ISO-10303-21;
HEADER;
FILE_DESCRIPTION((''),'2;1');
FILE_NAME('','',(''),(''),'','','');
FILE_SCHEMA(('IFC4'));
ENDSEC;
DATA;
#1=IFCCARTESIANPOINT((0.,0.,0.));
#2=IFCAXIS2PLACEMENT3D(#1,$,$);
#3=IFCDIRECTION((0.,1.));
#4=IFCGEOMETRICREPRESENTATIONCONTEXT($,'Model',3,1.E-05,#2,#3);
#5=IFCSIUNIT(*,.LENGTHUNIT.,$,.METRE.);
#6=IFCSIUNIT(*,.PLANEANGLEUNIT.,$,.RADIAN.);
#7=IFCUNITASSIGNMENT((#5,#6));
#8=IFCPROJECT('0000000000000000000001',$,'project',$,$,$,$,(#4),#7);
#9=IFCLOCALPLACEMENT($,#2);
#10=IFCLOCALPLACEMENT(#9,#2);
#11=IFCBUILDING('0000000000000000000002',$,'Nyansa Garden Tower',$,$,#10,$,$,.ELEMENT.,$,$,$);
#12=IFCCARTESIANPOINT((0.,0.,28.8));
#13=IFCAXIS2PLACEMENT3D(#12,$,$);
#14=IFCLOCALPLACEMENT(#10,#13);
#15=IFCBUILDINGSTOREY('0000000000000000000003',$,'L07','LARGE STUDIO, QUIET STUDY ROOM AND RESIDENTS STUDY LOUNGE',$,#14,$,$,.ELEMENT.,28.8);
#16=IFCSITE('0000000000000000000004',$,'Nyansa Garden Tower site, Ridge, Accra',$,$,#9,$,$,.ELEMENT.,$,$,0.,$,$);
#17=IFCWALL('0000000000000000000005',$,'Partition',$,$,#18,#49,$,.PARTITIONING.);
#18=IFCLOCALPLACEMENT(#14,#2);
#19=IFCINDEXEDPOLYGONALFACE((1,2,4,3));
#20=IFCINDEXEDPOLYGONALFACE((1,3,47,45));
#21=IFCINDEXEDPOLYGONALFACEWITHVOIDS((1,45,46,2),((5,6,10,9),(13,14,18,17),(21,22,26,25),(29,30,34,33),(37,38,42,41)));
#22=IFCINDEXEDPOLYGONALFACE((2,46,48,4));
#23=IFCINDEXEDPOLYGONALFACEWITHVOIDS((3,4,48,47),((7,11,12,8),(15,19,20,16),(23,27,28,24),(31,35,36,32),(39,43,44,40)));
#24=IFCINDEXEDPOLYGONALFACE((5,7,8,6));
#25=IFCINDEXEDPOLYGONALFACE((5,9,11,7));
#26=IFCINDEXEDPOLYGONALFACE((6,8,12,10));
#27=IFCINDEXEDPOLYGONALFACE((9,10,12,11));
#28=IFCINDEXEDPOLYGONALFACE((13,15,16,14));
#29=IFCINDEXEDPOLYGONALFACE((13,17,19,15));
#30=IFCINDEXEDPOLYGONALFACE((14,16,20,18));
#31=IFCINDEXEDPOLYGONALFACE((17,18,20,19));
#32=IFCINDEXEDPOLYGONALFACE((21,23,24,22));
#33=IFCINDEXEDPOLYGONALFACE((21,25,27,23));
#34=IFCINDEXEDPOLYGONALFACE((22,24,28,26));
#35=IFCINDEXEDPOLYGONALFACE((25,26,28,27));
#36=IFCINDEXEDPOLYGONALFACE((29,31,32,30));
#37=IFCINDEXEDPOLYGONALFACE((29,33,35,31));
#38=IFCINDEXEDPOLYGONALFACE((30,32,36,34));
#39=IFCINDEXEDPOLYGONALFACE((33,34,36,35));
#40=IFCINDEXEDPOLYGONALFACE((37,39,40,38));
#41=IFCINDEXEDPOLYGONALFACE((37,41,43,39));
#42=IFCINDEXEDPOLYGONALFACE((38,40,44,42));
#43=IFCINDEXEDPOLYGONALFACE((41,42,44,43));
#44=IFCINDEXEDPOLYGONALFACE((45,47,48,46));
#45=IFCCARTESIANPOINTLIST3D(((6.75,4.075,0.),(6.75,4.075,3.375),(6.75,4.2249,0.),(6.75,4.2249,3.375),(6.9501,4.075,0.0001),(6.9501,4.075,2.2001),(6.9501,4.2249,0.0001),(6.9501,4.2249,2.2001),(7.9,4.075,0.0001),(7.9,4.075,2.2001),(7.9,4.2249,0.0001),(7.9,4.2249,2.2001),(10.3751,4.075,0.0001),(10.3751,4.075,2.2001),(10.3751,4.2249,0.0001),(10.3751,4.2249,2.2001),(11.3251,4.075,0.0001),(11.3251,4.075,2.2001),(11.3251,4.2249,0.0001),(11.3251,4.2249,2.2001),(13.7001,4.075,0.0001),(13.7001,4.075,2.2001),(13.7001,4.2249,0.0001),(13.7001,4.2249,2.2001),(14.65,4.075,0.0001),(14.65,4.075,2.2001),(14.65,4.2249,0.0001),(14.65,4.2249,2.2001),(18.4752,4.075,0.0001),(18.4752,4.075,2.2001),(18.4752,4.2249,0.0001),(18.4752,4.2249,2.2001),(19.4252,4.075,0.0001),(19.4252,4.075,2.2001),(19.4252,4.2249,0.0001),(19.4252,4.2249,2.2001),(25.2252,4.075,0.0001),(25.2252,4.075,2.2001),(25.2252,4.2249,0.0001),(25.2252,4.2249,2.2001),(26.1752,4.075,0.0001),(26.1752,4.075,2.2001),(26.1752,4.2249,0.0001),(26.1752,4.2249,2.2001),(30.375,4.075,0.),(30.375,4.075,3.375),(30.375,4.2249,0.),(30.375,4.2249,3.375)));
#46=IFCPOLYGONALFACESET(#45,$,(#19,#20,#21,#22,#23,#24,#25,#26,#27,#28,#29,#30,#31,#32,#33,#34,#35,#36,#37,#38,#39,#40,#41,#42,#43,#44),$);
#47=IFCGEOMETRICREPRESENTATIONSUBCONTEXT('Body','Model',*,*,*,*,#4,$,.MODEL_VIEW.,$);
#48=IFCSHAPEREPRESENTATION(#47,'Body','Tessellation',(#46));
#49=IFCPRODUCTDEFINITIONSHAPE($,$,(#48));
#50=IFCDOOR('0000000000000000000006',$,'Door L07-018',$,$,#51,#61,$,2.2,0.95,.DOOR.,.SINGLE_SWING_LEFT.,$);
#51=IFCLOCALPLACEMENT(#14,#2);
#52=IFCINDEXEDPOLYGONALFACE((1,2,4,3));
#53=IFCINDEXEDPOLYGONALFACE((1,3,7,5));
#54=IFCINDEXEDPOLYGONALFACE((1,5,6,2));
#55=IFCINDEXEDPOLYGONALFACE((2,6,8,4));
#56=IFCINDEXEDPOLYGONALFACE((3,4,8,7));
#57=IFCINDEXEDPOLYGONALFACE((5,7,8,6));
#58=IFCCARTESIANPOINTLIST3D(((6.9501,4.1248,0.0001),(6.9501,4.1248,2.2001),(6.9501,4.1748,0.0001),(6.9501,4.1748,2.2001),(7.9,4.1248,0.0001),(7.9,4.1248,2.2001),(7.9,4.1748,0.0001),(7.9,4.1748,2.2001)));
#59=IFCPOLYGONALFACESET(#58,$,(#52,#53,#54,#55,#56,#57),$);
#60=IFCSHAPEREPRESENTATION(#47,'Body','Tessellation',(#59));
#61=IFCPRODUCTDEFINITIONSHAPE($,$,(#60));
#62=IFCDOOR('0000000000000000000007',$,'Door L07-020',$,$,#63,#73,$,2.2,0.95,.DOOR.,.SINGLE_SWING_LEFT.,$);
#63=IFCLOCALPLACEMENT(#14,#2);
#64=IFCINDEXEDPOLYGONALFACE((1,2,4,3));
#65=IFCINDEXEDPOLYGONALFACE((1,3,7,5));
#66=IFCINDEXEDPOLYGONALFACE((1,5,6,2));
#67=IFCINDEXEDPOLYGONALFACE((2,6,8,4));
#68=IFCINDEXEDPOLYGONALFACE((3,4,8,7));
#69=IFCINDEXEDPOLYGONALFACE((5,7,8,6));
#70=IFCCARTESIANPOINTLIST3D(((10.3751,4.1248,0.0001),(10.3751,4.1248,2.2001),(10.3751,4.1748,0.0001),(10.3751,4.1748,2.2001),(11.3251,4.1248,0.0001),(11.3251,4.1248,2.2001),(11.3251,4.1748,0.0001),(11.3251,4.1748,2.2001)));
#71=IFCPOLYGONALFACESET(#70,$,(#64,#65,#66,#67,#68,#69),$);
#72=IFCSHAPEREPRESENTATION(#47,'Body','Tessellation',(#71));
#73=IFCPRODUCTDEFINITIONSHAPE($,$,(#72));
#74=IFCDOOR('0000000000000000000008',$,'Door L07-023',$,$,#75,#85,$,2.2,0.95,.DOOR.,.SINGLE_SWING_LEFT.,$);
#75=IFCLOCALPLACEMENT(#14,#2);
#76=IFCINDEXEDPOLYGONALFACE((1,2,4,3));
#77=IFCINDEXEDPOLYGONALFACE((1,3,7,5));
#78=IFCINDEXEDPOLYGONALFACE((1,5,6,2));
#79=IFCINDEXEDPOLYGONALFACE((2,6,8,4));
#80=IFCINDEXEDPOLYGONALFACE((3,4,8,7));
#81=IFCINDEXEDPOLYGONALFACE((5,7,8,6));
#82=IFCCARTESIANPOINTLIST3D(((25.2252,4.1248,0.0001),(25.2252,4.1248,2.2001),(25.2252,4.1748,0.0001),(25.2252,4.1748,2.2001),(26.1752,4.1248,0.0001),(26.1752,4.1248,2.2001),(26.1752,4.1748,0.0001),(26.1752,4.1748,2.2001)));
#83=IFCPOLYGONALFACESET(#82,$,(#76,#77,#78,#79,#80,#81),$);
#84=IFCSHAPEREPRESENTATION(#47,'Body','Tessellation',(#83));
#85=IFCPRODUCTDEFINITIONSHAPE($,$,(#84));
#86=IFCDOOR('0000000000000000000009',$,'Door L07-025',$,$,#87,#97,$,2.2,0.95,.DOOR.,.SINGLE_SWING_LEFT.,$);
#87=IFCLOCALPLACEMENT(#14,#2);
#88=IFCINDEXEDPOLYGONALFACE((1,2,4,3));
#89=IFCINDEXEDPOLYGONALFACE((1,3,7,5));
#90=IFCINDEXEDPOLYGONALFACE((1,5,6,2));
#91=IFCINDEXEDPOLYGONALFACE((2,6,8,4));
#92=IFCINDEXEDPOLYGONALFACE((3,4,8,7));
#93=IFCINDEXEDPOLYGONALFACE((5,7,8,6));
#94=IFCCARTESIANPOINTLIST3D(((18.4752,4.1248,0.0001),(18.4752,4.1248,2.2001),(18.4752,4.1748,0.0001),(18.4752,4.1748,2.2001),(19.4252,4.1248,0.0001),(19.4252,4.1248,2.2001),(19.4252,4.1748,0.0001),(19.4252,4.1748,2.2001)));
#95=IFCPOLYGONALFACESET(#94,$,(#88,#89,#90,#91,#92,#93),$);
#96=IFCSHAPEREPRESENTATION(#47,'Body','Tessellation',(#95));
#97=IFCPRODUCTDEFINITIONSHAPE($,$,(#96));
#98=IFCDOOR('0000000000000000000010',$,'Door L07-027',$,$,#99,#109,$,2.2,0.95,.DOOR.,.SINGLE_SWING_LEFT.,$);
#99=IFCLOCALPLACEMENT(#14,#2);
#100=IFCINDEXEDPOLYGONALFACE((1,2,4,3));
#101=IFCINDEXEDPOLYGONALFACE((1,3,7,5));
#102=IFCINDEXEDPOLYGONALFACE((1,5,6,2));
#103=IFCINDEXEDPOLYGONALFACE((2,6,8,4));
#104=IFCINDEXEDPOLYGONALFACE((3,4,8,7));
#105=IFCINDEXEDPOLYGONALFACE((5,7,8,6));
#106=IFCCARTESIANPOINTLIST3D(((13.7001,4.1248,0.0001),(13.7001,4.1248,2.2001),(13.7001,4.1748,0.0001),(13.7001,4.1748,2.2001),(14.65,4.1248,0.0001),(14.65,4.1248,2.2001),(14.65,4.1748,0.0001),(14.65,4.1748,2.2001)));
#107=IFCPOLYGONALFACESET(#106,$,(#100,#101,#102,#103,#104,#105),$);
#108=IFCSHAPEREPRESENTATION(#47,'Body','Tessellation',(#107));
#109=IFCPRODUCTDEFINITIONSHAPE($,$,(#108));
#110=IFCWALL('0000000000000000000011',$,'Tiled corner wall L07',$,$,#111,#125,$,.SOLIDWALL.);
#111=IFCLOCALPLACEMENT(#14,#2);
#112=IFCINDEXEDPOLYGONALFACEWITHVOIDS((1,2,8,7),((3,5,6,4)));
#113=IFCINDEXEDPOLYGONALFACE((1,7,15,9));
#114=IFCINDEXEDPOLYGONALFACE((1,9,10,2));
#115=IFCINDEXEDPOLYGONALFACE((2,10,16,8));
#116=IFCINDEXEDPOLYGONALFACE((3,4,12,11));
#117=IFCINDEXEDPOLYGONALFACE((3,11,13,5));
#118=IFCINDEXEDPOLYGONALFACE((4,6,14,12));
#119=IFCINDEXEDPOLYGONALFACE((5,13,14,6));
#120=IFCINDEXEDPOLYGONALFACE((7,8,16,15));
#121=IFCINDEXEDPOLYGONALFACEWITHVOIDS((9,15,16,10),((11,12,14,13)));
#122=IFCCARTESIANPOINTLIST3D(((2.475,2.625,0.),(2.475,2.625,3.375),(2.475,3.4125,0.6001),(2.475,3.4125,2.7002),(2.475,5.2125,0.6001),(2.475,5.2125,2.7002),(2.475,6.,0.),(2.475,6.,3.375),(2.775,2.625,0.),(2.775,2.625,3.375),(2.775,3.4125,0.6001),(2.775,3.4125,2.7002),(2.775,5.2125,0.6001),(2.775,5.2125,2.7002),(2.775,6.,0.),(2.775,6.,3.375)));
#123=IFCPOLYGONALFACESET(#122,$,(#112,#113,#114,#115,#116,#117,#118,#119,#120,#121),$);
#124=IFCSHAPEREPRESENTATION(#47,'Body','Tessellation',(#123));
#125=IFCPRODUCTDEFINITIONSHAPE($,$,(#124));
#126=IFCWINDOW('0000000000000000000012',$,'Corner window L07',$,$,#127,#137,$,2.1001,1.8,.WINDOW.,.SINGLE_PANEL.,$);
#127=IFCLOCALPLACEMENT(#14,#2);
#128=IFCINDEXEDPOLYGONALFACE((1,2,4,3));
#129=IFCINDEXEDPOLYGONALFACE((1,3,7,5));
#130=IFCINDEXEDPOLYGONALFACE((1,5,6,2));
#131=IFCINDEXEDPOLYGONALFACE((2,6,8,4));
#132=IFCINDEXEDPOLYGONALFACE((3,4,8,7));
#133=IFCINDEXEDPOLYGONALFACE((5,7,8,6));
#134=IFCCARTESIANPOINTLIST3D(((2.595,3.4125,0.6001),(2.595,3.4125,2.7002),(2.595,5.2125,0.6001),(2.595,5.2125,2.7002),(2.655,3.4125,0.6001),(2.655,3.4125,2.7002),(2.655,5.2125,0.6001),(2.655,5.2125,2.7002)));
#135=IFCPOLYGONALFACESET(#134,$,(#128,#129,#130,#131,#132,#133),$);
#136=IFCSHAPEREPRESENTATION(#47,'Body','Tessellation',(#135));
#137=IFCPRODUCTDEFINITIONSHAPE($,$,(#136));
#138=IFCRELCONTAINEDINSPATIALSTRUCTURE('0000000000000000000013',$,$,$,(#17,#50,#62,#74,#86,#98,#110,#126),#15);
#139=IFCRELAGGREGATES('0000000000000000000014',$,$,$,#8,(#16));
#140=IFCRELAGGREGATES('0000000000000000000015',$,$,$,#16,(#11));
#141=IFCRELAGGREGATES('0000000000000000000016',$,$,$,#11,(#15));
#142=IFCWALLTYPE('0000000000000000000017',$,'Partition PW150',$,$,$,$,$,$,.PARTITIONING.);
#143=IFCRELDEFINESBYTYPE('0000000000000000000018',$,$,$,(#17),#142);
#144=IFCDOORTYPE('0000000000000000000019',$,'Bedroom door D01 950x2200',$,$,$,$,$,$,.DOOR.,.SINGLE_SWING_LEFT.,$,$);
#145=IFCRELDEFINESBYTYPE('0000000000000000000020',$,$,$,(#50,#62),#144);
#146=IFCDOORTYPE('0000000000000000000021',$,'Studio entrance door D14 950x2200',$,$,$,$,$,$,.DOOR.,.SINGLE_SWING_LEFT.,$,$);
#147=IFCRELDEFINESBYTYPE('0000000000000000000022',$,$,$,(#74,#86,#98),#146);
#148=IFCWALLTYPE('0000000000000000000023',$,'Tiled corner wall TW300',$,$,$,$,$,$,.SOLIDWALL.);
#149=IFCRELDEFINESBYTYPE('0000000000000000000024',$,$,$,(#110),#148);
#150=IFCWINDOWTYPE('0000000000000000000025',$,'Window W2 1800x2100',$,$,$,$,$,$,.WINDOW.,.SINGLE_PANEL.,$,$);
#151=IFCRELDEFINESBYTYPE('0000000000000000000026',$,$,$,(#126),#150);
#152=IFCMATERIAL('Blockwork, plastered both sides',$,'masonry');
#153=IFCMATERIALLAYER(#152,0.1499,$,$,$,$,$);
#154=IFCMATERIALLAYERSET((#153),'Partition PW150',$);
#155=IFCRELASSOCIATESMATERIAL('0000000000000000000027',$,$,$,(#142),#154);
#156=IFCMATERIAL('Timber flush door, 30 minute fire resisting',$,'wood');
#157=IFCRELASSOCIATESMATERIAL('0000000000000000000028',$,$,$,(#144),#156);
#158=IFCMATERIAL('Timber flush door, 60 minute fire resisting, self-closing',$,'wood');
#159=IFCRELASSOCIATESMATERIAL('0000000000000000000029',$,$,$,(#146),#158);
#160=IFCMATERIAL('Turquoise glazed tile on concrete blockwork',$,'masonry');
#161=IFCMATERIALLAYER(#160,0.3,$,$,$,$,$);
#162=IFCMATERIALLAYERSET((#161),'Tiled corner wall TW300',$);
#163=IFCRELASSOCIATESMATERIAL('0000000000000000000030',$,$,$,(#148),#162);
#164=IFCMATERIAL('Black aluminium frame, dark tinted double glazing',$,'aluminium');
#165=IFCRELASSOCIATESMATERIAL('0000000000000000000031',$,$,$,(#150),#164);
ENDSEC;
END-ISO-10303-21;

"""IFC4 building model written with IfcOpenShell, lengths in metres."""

from ifc_helpers import new_model, si_unit, direction, frame, frame_2d, origin, place, context, subcontext, project, spatial, rectangle, extrude, material, layer, layer_set, type_object, element, fill, save


model = new_model("IFC4")

# Units and contexts
model_context = context("Model", 3, precision=1e-05, world=origin(), true_north=direction((0.0, 1.0)))
body_context = subcontext(model_context, "Body", "Model", "MODEL_VIEW")
ifc_project = project(units=[si_unit("LENGTHUNIT", "METRE"), si_unit("PLANEANGLEUNIT", "RADIAN")], contexts=[model_context])

# Site, building, storey
site_placement = place(None, origin())
site = spatial("IfcSite", under=ifc_project, at=site_placement, Name="Nyansa Garden Tower site, Ridge, Accra", CompositionType="ELEMENT", RefElevation=0.0)
building_placement = place(site_placement, origin())
building = spatial("IfcBuilding", under=site, at=building_placement, Name="Nyansa Garden Tower", CompositionType="ELEMENT")
storey_placement = place(building_placement, frame((0.0, 0.0, 28.8)))
storey = spatial("IfcBuildingStorey", under=building, at=storey_placement, Name="L07", Description="LARGE STUDIO, QUIET STUDY ROOM AND RESIDENTS STUDY LOUNGE", CompositionType="ELEMENT", Elevation=28.8)

# Shared definitions
ifc_material_1 = material(Name="Blockwork, plastered both sides", Category="masonry")
ifc_layer_1 = layer(ifc_material_1, 0.1499)
ifc_layer_set_1 = layer_set([ifc_layer_1], Name="Partition PW150")
wall_type_1 = type_object("IfcWallType", Name="Partition PW150", PredefinedType="PARTITIONING", material=ifc_layer_set_1)

# Wall, openings, doors
wall_1_placement = place(storey_placement, frame((6.75, 4.1499, 0.0), z_axis=(0.0, 0.0, 1.0), x_axis=(1.0, 0.0, 0.0)))
wall_1 = element("IfcWall", 1, at=wall_1_placement, inside=storey, type_object=wall_type_1, Name="Partition", PredefinedType="PARTITIONING", context=body_context, shape_type="SweptSolid", body=[
    extrude(rectangle(XDim=23.625, YDim=0.1499, at=frame_2d((11.8125, 0.0))), origin(), (0.0, 0.0, 1.0), 3.375),
])
opening_1_placement = place(wall_1_placement, frame((0.2, 0.0, 0.0)))
opening_1 = element("IfcOpeningElement", 2, at=opening_1_placement, cuts=wall_1, PredefinedType="OPENING", context=body_context, shape_type="SweptSolid", body=[
    extrude(rectangle(XDim=0.95, YDim=2.2, at=frame_2d((0.4751, 1.1001))), frame((0.0, 0.085, 0.0), z_axis=(0.0, -1.0, 0.0), x_axis=(1.0, 0.0, 0.0)), (0.0, 0.0, 1.0), 0.1699),
])
opening_2_placement = place(wall_1_placement, frame((3.625, 0.0, 0.0)))
opening_2 = element("IfcOpeningElement", 3, at=opening_2_placement, cuts=wall_1, PredefinedType="OPENING", context=body_context, shape_type="SweptSolid", body=[
    extrude(rectangle(XDim=0.95, YDim=2.2, at=frame_2d((0.4751, 1.1001))), frame((0.0, 0.085, 0.0), z_axis=(0.0, -1.0, 0.0), x_axis=(1.0, 0.0, 0.0)), (0.0, 0.0, 1.0), 0.1699),
])
opening_3_placement = place(wall_1_placement, frame((18.4751, 0.0, 0.0)))
opening_3 = element("IfcOpeningElement", 4, at=opening_3_placement, cuts=wall_1, PredefinedType="OPENING", context=body_context, shape_type="SweptSolid", body=[
    extrude(rectangle(XDim=0.95, YDim=2.2, at=frame_2d((0.4751, 1.1001))), frame((0.0, 0.085, 0.0), z_axis=(0.0, -1.0, 0.0), x_axis=(1.0, 0.0, 0.0)), (0.0, 0.0, 1.0), 0.1699),
])
opening_4_placement = place(wall_1_placement, frame((11.7251, 0.0, 0.0)))
opening_4 = element("IfcOpeningElement", 5, at=opening_4_placement, cuts=wall_1, PredefinedType="OPENING", context=body_context, shape_type="SweptSolid", body=[
    extrude(rectangle(XDim=0.95, YDim=2.2, at=frame_2d((0.4751, 1.1001))), frame((0.0, 0.085, 0.0), z_axis=(0.0, -1.0, 0.0), x_axis=(1.0, 0.0, 0.0)), (0.0, 0.0, 1.0), 0.1699),
])
opening_5_placement = place(wall_1_placement, frame((6.95, 0.0, 0.0)))
opening_5 = element("IfcOpeningElement", 6, at=opening_5_placement, cuts=wall_1, PredefinedType="OPENING", context=body_context, shape_type="SweptSolid", body=[
    extrude(rectangle(XDim=0.95, YDim=2.2, at=frame_2d((0.4751, 1.1001))), frame((0.0, 0.085, 0.0), z_axis=(0.0, -1.0, 0.0), x_axis=(1.0, 0.0, 0.0)), (0.0, 0.0, 1.0), 0.1699),
])
ifc_material_2 = material(Name="Timber flush door, 30 minute fire resisting", Category="wood")
door_type_1 = type_object("IfcDoorType", Name="Bedroom door D01 950x2200", OperationType="SINGLE_SWING_LEFT", PredefinedType="DOOR", material=ifc_material_2)
door_1_placement = place(opening_1_placement, origin())
door_1 = element("IfcDoor", 7, at=door_1_placement, inside=storey, type_object=door_type_1, Name="Door L07-018", OperationType="SINGLE_SWING_LEFT", OverallHeight=2.2, OverallWidth=0.95, PredefinedType="DOOR", context=body_context, shape_type="SweptSolid", body=[
    extrude(rectangle(XDim=0.95, YDim=2.2, at=frame_2d((0.4751, 1.1001))), frame((0.0, 0.0249, 0.0), z_axis=(0.0, -1.0, 0.0), x_axis=(1.0, 0.0, 0.0)), (0.0, 0.0, 1.0), 0.05),
])
fill(opening_1, door_1)
door_2_placement = place(opening_2_placement, origin())
door_2 = element("IfcDoor", 8, at=door_2_placement, inside=storey, type_object=door_type_1, Name="Door L07-020", OperationType="SINGLE_SWING_LEFT", OverallHeight=2.2, OverallWidth=0.95, PredefinedType="DOOR", context=body_context, shape_type="SweptSolid", body=[
    extrude(rectangle(XDim=0.95, YDim=2.2, at=frame_2d((0.4751, 1.1001))), frame((0.0, 0.0249, 0.0), z_axis=(0.0, -1.0, 0.0), x_axis=(1.0, 0.0, 0.0)), (0.0, 0.0, 1.0), 0.05),
])
fill(opening_2, door_2)
ifc_material_3 = material(Name="Timber flush door, 60 minute fire resisting, self-closing", Category="wood")
door_type_2 = type_object("IfcDoorType", Name="Studio entrance door D14 950x2200", OperationType="SINGLE_SWING_LEFT", PredefinedType="DOOR", material=ifc_material_3)
door_3_placement = place(opening_3_placement, origin())
door_3 = element("IfcDoor", 9, at=door_3_placement, inside=storey, type_object=door_type_2, Name="Door L07-023", OperationType="SINGLE_SWING_LEFT", OverallHeight=2.2, OverallWidth=0.95, PredefinedType="DOOR", context=body_context, shape_type="SweptSolid", body=[
    extrude(rectangle(XDim=0.95, YDim=2.2, at=frame_2d((0.4751, 1.1001))), frame((0.0, 0.0249, 0.0), z_axis=(0.0, -1.0, 0.0), x_axis=(1.0, 0.0, 0.0)), (0.0, 0.0, 1.0), 0.05),
])
fill(opening_3, door_3)
door_4_placement = place(opening_4_placement, origin())
door_4 = element("IfcDoor", 10, at=door_4_placement, inside=storey, type_object=door_type_2, Name="Door L07-025", OperationType="SINGLE_SWING_LEFT", OverallHeight=2.2, OverallWidth=0.95, PredefinedType="DOOR", context=body_context, shape_type="SweptSolid", body=[
    extrude(rectangle(XDim=0.95, YDim=2.2, at=frame_2d((0.4751, 1.1001))), frame((0.0, 0.0249, 0.0), z_axis=(0.0, -1.0, 0.0), x_axis=(1.0, 0.0, 0.0)), (0.0, 0.0, 1.0), 0.05),
])
fill(opening_4, door_4)
door_5_placement = place(opening_5_placement, origin())
door_5 = element("IfcDoor", 11, at=door_5_placement, inside=storey, type_object=door_type_2, Name="Door L07-027", OperationType="SINGLE_SWING_LEFT", OverallHeight=2.2, OverallWidth=0.95, PredefinedType="DOOR", context=body_context, shape_type="SweptSolid", body=[
    extrude(rectangle(XDim=0.95, YDim=2.2, at=frame_2d((0.4751, 1.1001))), frame((0.0, 0.0249, 0.0), z_axis=(0.0, -1.0, 0.0), x_axis=(1.0, 0.0, 0.0)), (0.0, 0.0, 1.0), 0.05),
])
fill(opening_5, door_5)

# Wall, opening, window
ifc_material_4 = material(Name="Turquoise glazed tile on concrete blockwork", Category="masonry")
ifc_layer_2 = layer(ifc_material_4, 0.3)
ifc_layer_set_2 = layer_set([ifc_layer_2], Name="Tiled corner wall TW300")
wall_type_2 = type_object("IfcWallType", Name="Tiled corner wall TW300", PredefinedType="SOLIDWALL", material=ifc_layer_set_2)
wall_2_placement = place(storey_placement, frame((2.625, 6.0, 0.0), z_axis=(0.0, 0.0, 1.0), x_axis=(0.0, -1.0, 0.0)))
wall_2 = element("IfcWall", 12, at=wall_2_placement, inside=storey, type_object=wall_type_2, Name="Tiled corner wall L07", PredefinedType="SOLIDWALL", context=body_context, shape_type="SweptSolid", body=[
    extrude(rectangle(XDim=3.375, YDim=0.3, at=frame_2d((1.6875, 0.0))), origin(), (0.0, 0.0, 1.0), 3.375),
])
opening_6_placement = place(wall_2_placement, frame((0.7876, 0.0, 0.6001)))
opening_6 = element("IfcOpeningElement", 13, at=opening_6_placement, cuts=wall_2, PredefinedType="OPENING", context=body_context, shape_type="SweptSolid", body=[
    extrude(rectangle(XDim=1.8, YDim=2.1001, at=frame_2d((0.8999, 1.05))), frame((0.0, 0.1599, 0.0), z_axis=(0.0, -1.0, 0.0), x_axis=(1.0, 0.0, 0.0)), (0.0, 0.0, 1.0), 0.3201),
])
ifc_material_5 = material(Name="Black aluminium frame, dark tinted double glazing", Category="aluminium")
window_type_1 = type_object("IfcWindowType", Name="Window W2 1800x2100", PartitioningType="SINGLE_PANEL", PredefinedType="WINDOW", material=ifc_material_5)
window_1_placement = place(opening_6_placement, origin())
window_1 = element("IfcWindow", 14, at=window_1_placement, inside=storey, type_object=window_type_1, Name="Corner window L07", OverallHeight=2.1001, OverallWidth=1.8, PartitioningType="SINGLE_PANEL", PredefinedType="WINDOW", context=body_context, shape_type="SweptSolid", body=[
    extrude(rectangle(XDim=1.8, YDim=2.1001, at=frame_2d((0.8999, 1.05))), frame((0.0, 0.03, 0.0), z_axis=(0.0, -1.0, 0.0), x_axis=(1.0, 0.0, 0.0)), (0.0, 0.0, 1.0), 0.0601),
])
fill(opening_6, window_1)

save(model, "model.ifc")
